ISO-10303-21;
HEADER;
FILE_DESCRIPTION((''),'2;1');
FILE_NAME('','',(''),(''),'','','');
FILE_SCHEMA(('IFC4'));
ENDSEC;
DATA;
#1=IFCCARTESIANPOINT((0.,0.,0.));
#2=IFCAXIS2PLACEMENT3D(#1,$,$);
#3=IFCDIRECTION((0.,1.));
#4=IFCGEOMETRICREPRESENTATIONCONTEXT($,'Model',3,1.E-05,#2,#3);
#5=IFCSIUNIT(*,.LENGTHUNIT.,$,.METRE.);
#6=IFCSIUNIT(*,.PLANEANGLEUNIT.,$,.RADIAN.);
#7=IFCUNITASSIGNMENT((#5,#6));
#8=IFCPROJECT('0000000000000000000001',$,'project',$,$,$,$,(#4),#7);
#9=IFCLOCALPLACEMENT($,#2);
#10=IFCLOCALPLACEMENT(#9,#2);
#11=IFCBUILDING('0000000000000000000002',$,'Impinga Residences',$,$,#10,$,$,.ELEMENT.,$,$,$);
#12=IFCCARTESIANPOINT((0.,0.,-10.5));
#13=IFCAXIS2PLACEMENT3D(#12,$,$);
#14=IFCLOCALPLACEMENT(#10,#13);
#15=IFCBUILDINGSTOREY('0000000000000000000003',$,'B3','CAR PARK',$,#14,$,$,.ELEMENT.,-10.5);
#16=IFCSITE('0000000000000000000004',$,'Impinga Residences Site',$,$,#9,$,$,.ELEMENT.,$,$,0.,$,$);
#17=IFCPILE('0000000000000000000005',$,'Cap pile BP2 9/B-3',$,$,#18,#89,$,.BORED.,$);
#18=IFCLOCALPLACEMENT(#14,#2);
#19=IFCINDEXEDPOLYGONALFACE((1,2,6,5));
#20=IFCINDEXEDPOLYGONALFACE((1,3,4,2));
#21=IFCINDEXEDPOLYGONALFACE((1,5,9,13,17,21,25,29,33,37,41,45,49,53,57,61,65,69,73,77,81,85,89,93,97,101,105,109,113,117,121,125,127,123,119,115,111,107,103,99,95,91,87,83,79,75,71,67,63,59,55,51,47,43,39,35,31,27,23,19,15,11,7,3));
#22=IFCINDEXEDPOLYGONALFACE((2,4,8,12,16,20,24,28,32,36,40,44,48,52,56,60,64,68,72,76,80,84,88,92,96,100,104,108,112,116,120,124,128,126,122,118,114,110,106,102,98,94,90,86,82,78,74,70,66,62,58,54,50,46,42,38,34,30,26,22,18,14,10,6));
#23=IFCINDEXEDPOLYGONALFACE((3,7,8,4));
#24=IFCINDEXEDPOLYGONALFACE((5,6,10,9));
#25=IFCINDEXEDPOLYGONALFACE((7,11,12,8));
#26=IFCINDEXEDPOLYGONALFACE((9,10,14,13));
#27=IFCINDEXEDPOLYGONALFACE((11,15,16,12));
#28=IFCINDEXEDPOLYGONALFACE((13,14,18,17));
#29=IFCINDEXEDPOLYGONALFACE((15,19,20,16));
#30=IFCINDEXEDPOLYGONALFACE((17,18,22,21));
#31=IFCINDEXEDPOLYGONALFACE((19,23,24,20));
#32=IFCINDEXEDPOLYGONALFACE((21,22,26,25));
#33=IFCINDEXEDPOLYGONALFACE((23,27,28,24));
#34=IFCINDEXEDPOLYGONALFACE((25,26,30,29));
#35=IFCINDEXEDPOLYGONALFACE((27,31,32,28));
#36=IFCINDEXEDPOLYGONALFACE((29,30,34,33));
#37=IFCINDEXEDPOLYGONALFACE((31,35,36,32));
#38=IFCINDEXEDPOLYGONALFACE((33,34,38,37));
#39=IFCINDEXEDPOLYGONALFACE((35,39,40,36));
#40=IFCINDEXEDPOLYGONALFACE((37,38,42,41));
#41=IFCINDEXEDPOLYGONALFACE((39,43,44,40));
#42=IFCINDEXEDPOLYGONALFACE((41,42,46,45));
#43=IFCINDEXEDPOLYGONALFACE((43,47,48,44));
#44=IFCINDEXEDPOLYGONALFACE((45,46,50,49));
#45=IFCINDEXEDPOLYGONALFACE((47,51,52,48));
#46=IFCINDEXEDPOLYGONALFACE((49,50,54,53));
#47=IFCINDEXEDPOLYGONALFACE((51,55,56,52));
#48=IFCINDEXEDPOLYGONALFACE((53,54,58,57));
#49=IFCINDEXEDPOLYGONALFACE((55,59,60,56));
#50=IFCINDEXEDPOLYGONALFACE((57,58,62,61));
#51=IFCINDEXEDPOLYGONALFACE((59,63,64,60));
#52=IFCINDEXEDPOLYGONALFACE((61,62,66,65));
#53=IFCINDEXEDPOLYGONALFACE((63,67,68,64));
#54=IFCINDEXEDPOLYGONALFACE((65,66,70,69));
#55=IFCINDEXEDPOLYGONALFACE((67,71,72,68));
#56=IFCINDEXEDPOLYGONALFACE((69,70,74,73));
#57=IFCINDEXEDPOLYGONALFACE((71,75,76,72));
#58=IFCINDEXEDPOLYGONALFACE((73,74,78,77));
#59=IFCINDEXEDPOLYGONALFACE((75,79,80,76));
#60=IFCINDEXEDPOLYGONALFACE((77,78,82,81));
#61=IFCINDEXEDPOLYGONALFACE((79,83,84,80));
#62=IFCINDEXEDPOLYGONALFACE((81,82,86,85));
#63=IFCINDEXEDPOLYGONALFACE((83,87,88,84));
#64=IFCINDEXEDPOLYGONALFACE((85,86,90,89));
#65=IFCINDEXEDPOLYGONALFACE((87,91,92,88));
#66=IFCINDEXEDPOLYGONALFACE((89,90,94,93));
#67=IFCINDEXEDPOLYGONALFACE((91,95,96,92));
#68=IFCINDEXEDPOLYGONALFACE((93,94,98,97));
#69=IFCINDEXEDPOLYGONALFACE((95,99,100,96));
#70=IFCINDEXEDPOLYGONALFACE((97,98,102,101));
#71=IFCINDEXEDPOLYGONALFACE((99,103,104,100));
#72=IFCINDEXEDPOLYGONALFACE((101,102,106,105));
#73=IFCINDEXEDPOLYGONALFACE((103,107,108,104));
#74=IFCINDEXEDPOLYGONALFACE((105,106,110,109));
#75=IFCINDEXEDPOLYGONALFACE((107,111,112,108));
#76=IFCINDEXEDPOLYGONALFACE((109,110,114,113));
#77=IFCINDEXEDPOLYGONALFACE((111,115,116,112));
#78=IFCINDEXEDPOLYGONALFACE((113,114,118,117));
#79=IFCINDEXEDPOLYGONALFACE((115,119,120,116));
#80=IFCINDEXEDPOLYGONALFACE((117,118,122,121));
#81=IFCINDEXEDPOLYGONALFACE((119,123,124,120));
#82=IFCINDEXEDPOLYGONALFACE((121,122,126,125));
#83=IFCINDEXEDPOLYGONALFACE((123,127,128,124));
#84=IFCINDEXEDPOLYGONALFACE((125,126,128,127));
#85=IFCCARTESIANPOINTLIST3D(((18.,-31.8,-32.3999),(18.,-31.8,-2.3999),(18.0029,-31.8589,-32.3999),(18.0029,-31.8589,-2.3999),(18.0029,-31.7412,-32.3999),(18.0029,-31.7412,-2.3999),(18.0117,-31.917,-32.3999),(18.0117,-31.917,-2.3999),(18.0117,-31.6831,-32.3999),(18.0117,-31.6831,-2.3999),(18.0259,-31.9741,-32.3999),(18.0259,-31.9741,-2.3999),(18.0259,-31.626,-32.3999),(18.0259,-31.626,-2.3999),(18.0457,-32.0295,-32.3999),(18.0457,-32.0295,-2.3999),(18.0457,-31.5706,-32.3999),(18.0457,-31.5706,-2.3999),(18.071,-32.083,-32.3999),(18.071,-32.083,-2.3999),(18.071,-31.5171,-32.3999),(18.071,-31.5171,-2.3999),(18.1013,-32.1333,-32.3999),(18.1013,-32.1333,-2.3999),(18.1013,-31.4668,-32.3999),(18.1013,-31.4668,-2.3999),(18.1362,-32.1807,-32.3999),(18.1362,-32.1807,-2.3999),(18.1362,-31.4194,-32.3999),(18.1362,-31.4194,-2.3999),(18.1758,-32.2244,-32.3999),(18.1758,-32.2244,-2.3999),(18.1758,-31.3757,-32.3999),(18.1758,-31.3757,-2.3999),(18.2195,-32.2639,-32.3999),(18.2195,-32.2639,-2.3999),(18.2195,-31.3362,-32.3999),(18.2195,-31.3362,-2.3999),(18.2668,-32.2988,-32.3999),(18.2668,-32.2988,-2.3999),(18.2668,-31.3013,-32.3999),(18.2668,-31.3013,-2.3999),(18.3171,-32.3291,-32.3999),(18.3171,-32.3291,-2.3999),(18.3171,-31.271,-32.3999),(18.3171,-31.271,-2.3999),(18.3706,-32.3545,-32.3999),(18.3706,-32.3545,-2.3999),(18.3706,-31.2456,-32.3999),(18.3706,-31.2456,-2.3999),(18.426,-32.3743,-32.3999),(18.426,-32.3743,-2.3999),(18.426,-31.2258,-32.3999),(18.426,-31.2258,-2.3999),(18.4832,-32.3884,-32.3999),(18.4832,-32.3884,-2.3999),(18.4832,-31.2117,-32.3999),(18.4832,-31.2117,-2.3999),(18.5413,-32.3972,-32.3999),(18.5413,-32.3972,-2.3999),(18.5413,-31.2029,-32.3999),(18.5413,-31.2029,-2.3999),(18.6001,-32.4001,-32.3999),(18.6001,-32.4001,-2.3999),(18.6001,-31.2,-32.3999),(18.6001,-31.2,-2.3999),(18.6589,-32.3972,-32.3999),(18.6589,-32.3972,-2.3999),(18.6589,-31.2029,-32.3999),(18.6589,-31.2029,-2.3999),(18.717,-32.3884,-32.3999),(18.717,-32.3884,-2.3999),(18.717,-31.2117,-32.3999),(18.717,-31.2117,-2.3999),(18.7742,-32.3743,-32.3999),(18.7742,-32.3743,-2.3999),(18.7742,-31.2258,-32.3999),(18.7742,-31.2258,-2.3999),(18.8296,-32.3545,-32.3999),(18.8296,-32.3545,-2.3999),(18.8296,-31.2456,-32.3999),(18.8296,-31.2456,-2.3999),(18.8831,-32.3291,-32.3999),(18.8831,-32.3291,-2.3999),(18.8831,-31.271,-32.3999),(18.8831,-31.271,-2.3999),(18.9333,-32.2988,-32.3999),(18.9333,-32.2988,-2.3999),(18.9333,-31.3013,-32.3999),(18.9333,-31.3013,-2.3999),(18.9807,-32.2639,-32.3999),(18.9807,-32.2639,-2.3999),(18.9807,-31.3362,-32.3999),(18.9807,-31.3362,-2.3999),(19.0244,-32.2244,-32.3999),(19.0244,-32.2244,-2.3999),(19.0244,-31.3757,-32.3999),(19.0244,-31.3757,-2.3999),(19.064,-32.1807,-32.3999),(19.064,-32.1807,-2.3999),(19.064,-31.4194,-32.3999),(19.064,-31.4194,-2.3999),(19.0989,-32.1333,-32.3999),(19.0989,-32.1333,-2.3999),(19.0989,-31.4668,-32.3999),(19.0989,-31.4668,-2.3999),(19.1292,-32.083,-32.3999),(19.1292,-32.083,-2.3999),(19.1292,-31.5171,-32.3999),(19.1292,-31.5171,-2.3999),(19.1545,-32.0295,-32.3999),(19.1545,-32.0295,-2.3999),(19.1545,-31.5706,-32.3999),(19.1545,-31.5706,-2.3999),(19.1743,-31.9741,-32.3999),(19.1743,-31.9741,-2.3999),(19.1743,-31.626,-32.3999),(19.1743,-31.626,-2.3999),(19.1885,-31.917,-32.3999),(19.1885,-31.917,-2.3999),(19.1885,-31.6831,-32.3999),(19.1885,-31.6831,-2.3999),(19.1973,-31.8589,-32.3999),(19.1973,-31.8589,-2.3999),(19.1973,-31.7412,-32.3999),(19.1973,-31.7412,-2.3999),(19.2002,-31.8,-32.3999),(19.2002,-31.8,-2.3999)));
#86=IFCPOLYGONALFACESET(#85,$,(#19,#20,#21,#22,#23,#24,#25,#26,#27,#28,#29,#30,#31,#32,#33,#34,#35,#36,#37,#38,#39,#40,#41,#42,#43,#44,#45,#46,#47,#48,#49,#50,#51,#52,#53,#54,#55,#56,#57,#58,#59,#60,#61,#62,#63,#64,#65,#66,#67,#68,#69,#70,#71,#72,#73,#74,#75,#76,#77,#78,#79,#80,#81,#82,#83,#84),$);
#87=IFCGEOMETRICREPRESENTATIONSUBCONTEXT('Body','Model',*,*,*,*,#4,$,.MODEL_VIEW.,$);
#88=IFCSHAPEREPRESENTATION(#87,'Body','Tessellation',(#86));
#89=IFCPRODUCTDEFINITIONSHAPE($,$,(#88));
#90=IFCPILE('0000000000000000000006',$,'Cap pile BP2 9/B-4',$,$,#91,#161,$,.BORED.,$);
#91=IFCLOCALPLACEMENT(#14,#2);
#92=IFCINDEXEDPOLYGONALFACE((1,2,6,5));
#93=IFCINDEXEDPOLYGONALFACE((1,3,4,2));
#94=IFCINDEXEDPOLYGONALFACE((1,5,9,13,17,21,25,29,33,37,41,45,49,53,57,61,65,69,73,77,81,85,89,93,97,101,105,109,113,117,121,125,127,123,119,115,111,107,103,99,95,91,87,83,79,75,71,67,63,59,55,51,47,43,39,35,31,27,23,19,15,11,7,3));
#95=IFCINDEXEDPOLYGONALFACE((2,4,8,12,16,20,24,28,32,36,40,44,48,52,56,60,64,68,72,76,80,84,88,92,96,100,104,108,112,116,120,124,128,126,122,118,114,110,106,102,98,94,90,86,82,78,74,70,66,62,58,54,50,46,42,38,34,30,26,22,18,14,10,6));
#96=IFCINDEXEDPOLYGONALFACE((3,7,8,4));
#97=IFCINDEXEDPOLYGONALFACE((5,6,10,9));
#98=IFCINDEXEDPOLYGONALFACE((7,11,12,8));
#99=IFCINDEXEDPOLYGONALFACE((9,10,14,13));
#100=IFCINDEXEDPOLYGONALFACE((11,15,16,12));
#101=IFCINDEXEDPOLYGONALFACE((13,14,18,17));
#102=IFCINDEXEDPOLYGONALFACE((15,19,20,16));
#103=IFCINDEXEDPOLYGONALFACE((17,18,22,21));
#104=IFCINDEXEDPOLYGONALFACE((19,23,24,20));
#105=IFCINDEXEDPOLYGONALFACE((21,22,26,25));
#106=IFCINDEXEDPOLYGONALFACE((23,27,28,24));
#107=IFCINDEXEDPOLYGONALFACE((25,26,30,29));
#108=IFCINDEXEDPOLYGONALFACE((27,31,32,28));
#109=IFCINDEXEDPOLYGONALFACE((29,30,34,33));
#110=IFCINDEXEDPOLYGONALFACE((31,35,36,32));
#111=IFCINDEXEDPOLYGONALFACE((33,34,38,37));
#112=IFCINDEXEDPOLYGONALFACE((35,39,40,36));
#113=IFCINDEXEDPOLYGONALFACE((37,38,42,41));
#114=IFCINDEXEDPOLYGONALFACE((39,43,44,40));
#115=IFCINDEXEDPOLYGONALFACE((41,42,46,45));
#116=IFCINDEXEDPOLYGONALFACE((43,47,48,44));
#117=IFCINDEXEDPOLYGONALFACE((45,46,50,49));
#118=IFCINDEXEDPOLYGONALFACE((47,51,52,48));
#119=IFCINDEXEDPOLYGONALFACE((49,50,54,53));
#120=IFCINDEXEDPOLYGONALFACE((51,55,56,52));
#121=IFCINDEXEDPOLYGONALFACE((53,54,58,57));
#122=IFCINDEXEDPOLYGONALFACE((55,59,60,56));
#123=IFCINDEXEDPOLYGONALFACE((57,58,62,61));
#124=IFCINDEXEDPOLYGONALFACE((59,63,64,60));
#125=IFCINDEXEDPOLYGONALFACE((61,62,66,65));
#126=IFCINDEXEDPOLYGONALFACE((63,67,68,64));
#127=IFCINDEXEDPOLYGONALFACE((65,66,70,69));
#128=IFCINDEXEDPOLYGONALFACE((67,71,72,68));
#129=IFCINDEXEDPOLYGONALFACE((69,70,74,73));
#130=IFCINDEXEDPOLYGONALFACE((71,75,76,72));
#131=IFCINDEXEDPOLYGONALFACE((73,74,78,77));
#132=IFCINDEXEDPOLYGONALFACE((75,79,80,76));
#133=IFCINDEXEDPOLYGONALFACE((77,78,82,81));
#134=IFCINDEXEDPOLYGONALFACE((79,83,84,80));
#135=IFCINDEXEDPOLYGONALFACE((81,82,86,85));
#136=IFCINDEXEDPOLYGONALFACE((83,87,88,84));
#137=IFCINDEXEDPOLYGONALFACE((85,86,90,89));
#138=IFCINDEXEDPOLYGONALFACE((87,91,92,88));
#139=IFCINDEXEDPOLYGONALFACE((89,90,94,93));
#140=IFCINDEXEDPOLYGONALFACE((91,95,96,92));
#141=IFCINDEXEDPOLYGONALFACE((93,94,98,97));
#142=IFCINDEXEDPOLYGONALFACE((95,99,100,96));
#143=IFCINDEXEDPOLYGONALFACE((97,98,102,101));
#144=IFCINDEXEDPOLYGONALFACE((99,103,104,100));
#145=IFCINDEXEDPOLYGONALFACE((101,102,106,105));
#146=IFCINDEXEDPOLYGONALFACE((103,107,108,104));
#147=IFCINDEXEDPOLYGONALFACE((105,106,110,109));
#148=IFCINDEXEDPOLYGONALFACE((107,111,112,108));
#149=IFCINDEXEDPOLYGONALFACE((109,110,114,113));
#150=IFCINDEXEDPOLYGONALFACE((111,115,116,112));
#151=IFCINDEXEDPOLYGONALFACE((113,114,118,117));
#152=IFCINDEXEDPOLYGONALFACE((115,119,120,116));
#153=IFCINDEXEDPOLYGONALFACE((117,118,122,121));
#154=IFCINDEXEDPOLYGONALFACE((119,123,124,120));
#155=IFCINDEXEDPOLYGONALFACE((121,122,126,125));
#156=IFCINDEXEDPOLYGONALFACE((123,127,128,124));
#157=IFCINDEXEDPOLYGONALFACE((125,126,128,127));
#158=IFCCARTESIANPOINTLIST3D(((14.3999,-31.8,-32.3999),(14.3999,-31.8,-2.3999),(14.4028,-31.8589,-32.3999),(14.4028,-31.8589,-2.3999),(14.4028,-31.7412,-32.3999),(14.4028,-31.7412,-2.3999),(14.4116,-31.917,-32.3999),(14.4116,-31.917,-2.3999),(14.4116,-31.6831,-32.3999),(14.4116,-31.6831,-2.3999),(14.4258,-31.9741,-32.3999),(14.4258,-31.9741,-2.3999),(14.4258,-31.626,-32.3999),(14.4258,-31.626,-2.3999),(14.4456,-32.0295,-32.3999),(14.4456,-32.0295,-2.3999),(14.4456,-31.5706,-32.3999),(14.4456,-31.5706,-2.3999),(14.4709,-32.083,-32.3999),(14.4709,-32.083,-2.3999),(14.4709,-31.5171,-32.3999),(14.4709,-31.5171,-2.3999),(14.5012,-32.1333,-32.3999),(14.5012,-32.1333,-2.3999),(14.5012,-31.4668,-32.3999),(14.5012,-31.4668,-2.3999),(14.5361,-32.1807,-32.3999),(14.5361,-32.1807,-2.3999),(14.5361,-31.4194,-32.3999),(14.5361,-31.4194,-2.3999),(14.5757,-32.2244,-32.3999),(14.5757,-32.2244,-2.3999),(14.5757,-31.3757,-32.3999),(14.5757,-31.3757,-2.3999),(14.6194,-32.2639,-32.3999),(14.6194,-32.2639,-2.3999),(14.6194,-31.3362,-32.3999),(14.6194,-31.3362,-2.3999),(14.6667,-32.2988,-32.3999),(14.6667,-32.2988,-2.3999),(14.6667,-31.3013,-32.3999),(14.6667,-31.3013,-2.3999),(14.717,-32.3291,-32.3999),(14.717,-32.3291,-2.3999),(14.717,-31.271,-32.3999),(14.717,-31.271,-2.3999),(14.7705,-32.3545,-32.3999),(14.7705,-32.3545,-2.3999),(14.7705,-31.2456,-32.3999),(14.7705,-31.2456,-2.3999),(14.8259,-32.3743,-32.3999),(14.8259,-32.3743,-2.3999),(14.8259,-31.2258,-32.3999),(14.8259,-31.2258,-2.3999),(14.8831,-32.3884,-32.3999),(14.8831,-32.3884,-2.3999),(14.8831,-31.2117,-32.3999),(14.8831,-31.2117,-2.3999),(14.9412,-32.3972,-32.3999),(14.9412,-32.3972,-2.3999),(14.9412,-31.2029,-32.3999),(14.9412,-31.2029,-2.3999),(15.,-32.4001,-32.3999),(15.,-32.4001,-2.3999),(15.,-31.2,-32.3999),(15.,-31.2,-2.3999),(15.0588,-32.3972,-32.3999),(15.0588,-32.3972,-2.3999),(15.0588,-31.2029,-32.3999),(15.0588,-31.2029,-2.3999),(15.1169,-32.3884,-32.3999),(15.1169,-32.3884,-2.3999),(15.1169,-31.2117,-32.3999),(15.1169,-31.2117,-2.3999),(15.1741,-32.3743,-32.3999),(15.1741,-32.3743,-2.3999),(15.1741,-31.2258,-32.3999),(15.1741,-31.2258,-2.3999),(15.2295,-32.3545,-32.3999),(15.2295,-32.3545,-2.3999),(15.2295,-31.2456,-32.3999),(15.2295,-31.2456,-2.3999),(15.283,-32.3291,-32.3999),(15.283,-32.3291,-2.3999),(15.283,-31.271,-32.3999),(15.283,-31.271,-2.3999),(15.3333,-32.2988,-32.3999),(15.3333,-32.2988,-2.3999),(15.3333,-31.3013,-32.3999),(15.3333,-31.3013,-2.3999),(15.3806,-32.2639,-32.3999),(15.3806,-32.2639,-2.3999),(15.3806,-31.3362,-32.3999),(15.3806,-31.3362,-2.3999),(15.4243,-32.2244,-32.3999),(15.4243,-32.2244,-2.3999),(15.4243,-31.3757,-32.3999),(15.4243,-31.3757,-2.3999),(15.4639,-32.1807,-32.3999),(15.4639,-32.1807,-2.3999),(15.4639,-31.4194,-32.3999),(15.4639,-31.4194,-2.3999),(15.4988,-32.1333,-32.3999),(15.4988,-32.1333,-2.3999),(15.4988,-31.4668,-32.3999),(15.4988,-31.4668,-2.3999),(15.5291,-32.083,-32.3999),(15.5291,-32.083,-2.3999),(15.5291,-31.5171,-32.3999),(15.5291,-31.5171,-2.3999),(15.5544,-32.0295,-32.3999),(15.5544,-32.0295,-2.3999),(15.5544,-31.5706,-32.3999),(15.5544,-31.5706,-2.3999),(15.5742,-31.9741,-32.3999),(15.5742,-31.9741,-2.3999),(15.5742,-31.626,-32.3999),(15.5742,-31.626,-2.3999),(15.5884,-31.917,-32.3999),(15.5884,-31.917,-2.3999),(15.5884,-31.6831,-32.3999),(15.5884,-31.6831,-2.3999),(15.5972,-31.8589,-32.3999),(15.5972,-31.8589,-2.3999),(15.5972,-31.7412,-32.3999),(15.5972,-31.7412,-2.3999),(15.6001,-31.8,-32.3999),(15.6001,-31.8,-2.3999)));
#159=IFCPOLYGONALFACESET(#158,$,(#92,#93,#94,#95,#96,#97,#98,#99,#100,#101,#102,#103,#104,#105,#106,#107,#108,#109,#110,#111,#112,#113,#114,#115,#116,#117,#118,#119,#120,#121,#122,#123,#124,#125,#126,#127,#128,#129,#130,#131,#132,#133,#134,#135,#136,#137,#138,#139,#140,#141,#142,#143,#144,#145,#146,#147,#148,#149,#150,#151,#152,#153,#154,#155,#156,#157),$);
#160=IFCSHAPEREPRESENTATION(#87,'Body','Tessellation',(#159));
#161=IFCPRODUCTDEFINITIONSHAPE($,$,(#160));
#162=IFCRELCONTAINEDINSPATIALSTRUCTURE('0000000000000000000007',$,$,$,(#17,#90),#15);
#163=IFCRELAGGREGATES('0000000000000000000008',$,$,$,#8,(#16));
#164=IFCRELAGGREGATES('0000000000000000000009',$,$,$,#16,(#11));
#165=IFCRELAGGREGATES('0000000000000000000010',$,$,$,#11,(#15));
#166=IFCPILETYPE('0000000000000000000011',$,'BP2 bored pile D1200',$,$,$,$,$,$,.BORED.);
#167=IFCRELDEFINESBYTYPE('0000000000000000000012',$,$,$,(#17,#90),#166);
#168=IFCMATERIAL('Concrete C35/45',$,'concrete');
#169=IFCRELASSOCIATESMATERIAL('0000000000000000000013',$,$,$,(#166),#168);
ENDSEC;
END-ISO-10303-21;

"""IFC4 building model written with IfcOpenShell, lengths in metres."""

from ifc_helpers import new_model, si_unit, direction, frame, origin, origin_2d, place, context, subcontext, project, spatial, polyline, circle, outline, extrude, material, material_profile, profile_set, type_object, element, save


model = new_model("IFC4")

# Units and contexts
model_context = context("Model", 3, precision=1e-05, world=origin(), true_north=direction((0.0, 1.0)))
body_context = subcontext(model_context, "Body", "Model", "MODEL_VIEW")
ifc_project = project(units=[si_unit("LENGTHUNIT", "METRE"), si_unit("PLANEANGLEUNIT", "RADIAN")], contexts=[model_context])

# Site, building, storey
site_placement = place(None, origin())
site = spatial("IfcSite", under=ifc_project, at=site_placement, Name="Impinga Residences Site", CompositionType="ELEMENT", RefElevation=0.0)
building_placement = place(site_placement, origin())
building = spatial("IfcBuilding", under=site, at=building_placement, Name="Impinga Residences", CompositionType="ELEMENT")
storey_placement = place(building_placement, frame((0.0, 0.0, -10.5)))
storey = spatial("IfcBuildingStorey", under=building, at=storey_placement, Name="B3", Description="CAR PARK", CompositionType="ELEMENT", Elevation=-10.5)

# Piles
ifc_material_1 = material(Name="Concrete C35/45", Category="concrete")
ifc_material_profile_1 = material_profile(ifc_material_1, circle(Radius=0.6001, at=origin_2d()), Name="D1200")
ifc_profile_set_1 = profile_set([ifc_material_profile_1], Name="Concrete C35/45")
pile_type_1 = type_object("IfcPileType", Name="BP2 bored pile D1200", PredefinedType="BORED", material=ifc_profile_set_1)
pile_1_placement = place(storey_placement, frame((18.6001, -31.8, -2.3999), z_axis=(0.0, 0.0, -1.0), x_axis=(1.0, 0.0, 0.0)))
element("IfcPile", 1, at=pile_1_placement, inside=storey, type_object=pile_type_1, Name="Cap pile BP2 9/B-3", PredefinedType="BORED", context=body_context, shape_type="SweptSolid", body=[
    extrude(outline(polyline([(0.6001, 0.0), (0.5972, 0.0588), (0.5884, 0.1169), (0.5742, 0.1741), (0.5544, 0.2295), (0.5291, 0.283), (0.4988, 0.3333), (0.4639, 0.3806), (0.4243, 0.4243), (0.3806, 0.4639), (0.3333, 0.4988), (0.283, 0.5291), (0.2295, 0.5544), (0.1741, 0.5742), (0.1169, 0.5884), (0.0588, 0.5972), (0.0, 0.6001), (-0.0588, 0.5972), (-0.1169, 0.5884), (-0.1741, 0.5742), (-0.2295, 0.5544), (-0.283, 0.5291), (-0.3333, 0.4988), (-0.3806, 0.4639), (-0.4243, 0.4243), (-0.4639, 0.3806), (-0.4988, 0.3333), (-0.5291, 0.283), (-0.5544, 0.2295), (-0.5742, 0.1741), (-0.5884, 0.1169), (-0.5972, 0.0588), (-0.6001, 0.0), (-0.5972, -0.0588), (-0.5884, -0.1169), (-0.5742, -0.1741), (-0.5544, -0.2295), (-0.5291, -0.283), (-0.4988, -0.3333), (-0.4639, -0.3806), (-0.4243, -0.4243), (-0.3806, -0.4639), (-0.3333, -0.4988), (-0.283, -0.5291), (-0.2295, -0.5544), (-0.1741, -0.5742), (-0.1169, -0.5884), (-0.0588, -0.5972), (0.0, -0.6001), (0.0588, -0.5972), (0.1169, -0.5884), (0.1741, -0.5742), (0.2295, -0.5544), (0.283, -0.5291), (0.3333, -0.4988), (0.3806, -0.4639), (0.4243, -0.4243), (0.4639, -0.3806), (0.4988, -0.3333), (0.5291, -0.283), (0.5544, -0.2295), (0.5742, -0.1741), (0.5884, -0.1169), (0.5972, -0.0588), (0.6001, 0.0)])), origin(), (0.0, 0.0, 1.0), 30.0),
])
pile_2_placement = place(storey_placement, frame((15.0, -31.8, -2.3999), z_axis=(0.0, 0.0, -1.0), x_axis=(1.0, 0.0, 0.0)))
element("IfcPile", 2, at=pile_2_placement, inside=storey, type_object=pile_type_1, Name="Cap pile BP2 9/B-4", PredefinedType="BORED", context=body_context, shape_type="SweptSolid", body=[
    extrude(outline(polyline([(0.6001, 0.0), (0.5972, 0.0588), (0.5884, 0.1169), (0.5742, 0.1741), (0.5544, 0.2295), (0.5291, 0.283), (0.4988, 0.3333), (0.4639, 0.3806), (0.4243, 0.4243), (0.3806, 0.4639), (0.3333, 0.4988), (0.283, 0.5291), (0.2295, 0.5544), (0.1741, 0.5742), (0.1169, 0.5884), (0.0588, 0.5972), (0.0, 0.6001), (-0.0588, 0.5972), (-0.1169, 0.5884), (-0.1741, 0.5742), (-0.2295, 0.5544), (-0.283, 0.5291), (-0.3333, 0.4988), (-0.3806, 0.4639), (-0.4243, 0.4243), (-0.4639, 0.3806), (-0.4988, 0.3333), (-0.5291, 0.283), (-0.5544, 0.2295), (-0.5742, 0.1741), (-0.5884, 0.1169), (-0.5972, 0.0588), (-0.6001, 0.0), (-0.5972, -0.0588), (-0.5884, -0.1169), (-0.5742, -0.1741), (-0.5544, -0.2295), (-0.5291, -0.283), (-0.4988, -0.3333), (-0.4639, -0.3806), (-0.4243, -0.4243), (-0.3806, -0.4639), (-0.3333, -0.4988), (-0.283, -0.5291), (-0.2295, -0.5544), (-0.1741, -0.5742), (-0.1169, -0.5884), (-0.0588, -0.5972), (0.0, -0.6001), (0.0588, -0.5972), (0.1169, -0.5884), (0.1741, -0.5742), (0.2295, -0.5544), (0.283, -0.5291), (0.3333, -0.4988), (0.3806, -0.4639), (0.4243, -0.4243), (0.4639, -0.3806), (0.4988, -0.3333), (0.5291, -0.283), (0.5544, -0.2295), (0.5742, -0.1741), (0.5884, -0.1169), (0.5972, -0.0588), (0.6001, 0.0)])), origin(), (0.0, 0.0, 1.0), 30.0),
])

save(model, "model.ifc")
